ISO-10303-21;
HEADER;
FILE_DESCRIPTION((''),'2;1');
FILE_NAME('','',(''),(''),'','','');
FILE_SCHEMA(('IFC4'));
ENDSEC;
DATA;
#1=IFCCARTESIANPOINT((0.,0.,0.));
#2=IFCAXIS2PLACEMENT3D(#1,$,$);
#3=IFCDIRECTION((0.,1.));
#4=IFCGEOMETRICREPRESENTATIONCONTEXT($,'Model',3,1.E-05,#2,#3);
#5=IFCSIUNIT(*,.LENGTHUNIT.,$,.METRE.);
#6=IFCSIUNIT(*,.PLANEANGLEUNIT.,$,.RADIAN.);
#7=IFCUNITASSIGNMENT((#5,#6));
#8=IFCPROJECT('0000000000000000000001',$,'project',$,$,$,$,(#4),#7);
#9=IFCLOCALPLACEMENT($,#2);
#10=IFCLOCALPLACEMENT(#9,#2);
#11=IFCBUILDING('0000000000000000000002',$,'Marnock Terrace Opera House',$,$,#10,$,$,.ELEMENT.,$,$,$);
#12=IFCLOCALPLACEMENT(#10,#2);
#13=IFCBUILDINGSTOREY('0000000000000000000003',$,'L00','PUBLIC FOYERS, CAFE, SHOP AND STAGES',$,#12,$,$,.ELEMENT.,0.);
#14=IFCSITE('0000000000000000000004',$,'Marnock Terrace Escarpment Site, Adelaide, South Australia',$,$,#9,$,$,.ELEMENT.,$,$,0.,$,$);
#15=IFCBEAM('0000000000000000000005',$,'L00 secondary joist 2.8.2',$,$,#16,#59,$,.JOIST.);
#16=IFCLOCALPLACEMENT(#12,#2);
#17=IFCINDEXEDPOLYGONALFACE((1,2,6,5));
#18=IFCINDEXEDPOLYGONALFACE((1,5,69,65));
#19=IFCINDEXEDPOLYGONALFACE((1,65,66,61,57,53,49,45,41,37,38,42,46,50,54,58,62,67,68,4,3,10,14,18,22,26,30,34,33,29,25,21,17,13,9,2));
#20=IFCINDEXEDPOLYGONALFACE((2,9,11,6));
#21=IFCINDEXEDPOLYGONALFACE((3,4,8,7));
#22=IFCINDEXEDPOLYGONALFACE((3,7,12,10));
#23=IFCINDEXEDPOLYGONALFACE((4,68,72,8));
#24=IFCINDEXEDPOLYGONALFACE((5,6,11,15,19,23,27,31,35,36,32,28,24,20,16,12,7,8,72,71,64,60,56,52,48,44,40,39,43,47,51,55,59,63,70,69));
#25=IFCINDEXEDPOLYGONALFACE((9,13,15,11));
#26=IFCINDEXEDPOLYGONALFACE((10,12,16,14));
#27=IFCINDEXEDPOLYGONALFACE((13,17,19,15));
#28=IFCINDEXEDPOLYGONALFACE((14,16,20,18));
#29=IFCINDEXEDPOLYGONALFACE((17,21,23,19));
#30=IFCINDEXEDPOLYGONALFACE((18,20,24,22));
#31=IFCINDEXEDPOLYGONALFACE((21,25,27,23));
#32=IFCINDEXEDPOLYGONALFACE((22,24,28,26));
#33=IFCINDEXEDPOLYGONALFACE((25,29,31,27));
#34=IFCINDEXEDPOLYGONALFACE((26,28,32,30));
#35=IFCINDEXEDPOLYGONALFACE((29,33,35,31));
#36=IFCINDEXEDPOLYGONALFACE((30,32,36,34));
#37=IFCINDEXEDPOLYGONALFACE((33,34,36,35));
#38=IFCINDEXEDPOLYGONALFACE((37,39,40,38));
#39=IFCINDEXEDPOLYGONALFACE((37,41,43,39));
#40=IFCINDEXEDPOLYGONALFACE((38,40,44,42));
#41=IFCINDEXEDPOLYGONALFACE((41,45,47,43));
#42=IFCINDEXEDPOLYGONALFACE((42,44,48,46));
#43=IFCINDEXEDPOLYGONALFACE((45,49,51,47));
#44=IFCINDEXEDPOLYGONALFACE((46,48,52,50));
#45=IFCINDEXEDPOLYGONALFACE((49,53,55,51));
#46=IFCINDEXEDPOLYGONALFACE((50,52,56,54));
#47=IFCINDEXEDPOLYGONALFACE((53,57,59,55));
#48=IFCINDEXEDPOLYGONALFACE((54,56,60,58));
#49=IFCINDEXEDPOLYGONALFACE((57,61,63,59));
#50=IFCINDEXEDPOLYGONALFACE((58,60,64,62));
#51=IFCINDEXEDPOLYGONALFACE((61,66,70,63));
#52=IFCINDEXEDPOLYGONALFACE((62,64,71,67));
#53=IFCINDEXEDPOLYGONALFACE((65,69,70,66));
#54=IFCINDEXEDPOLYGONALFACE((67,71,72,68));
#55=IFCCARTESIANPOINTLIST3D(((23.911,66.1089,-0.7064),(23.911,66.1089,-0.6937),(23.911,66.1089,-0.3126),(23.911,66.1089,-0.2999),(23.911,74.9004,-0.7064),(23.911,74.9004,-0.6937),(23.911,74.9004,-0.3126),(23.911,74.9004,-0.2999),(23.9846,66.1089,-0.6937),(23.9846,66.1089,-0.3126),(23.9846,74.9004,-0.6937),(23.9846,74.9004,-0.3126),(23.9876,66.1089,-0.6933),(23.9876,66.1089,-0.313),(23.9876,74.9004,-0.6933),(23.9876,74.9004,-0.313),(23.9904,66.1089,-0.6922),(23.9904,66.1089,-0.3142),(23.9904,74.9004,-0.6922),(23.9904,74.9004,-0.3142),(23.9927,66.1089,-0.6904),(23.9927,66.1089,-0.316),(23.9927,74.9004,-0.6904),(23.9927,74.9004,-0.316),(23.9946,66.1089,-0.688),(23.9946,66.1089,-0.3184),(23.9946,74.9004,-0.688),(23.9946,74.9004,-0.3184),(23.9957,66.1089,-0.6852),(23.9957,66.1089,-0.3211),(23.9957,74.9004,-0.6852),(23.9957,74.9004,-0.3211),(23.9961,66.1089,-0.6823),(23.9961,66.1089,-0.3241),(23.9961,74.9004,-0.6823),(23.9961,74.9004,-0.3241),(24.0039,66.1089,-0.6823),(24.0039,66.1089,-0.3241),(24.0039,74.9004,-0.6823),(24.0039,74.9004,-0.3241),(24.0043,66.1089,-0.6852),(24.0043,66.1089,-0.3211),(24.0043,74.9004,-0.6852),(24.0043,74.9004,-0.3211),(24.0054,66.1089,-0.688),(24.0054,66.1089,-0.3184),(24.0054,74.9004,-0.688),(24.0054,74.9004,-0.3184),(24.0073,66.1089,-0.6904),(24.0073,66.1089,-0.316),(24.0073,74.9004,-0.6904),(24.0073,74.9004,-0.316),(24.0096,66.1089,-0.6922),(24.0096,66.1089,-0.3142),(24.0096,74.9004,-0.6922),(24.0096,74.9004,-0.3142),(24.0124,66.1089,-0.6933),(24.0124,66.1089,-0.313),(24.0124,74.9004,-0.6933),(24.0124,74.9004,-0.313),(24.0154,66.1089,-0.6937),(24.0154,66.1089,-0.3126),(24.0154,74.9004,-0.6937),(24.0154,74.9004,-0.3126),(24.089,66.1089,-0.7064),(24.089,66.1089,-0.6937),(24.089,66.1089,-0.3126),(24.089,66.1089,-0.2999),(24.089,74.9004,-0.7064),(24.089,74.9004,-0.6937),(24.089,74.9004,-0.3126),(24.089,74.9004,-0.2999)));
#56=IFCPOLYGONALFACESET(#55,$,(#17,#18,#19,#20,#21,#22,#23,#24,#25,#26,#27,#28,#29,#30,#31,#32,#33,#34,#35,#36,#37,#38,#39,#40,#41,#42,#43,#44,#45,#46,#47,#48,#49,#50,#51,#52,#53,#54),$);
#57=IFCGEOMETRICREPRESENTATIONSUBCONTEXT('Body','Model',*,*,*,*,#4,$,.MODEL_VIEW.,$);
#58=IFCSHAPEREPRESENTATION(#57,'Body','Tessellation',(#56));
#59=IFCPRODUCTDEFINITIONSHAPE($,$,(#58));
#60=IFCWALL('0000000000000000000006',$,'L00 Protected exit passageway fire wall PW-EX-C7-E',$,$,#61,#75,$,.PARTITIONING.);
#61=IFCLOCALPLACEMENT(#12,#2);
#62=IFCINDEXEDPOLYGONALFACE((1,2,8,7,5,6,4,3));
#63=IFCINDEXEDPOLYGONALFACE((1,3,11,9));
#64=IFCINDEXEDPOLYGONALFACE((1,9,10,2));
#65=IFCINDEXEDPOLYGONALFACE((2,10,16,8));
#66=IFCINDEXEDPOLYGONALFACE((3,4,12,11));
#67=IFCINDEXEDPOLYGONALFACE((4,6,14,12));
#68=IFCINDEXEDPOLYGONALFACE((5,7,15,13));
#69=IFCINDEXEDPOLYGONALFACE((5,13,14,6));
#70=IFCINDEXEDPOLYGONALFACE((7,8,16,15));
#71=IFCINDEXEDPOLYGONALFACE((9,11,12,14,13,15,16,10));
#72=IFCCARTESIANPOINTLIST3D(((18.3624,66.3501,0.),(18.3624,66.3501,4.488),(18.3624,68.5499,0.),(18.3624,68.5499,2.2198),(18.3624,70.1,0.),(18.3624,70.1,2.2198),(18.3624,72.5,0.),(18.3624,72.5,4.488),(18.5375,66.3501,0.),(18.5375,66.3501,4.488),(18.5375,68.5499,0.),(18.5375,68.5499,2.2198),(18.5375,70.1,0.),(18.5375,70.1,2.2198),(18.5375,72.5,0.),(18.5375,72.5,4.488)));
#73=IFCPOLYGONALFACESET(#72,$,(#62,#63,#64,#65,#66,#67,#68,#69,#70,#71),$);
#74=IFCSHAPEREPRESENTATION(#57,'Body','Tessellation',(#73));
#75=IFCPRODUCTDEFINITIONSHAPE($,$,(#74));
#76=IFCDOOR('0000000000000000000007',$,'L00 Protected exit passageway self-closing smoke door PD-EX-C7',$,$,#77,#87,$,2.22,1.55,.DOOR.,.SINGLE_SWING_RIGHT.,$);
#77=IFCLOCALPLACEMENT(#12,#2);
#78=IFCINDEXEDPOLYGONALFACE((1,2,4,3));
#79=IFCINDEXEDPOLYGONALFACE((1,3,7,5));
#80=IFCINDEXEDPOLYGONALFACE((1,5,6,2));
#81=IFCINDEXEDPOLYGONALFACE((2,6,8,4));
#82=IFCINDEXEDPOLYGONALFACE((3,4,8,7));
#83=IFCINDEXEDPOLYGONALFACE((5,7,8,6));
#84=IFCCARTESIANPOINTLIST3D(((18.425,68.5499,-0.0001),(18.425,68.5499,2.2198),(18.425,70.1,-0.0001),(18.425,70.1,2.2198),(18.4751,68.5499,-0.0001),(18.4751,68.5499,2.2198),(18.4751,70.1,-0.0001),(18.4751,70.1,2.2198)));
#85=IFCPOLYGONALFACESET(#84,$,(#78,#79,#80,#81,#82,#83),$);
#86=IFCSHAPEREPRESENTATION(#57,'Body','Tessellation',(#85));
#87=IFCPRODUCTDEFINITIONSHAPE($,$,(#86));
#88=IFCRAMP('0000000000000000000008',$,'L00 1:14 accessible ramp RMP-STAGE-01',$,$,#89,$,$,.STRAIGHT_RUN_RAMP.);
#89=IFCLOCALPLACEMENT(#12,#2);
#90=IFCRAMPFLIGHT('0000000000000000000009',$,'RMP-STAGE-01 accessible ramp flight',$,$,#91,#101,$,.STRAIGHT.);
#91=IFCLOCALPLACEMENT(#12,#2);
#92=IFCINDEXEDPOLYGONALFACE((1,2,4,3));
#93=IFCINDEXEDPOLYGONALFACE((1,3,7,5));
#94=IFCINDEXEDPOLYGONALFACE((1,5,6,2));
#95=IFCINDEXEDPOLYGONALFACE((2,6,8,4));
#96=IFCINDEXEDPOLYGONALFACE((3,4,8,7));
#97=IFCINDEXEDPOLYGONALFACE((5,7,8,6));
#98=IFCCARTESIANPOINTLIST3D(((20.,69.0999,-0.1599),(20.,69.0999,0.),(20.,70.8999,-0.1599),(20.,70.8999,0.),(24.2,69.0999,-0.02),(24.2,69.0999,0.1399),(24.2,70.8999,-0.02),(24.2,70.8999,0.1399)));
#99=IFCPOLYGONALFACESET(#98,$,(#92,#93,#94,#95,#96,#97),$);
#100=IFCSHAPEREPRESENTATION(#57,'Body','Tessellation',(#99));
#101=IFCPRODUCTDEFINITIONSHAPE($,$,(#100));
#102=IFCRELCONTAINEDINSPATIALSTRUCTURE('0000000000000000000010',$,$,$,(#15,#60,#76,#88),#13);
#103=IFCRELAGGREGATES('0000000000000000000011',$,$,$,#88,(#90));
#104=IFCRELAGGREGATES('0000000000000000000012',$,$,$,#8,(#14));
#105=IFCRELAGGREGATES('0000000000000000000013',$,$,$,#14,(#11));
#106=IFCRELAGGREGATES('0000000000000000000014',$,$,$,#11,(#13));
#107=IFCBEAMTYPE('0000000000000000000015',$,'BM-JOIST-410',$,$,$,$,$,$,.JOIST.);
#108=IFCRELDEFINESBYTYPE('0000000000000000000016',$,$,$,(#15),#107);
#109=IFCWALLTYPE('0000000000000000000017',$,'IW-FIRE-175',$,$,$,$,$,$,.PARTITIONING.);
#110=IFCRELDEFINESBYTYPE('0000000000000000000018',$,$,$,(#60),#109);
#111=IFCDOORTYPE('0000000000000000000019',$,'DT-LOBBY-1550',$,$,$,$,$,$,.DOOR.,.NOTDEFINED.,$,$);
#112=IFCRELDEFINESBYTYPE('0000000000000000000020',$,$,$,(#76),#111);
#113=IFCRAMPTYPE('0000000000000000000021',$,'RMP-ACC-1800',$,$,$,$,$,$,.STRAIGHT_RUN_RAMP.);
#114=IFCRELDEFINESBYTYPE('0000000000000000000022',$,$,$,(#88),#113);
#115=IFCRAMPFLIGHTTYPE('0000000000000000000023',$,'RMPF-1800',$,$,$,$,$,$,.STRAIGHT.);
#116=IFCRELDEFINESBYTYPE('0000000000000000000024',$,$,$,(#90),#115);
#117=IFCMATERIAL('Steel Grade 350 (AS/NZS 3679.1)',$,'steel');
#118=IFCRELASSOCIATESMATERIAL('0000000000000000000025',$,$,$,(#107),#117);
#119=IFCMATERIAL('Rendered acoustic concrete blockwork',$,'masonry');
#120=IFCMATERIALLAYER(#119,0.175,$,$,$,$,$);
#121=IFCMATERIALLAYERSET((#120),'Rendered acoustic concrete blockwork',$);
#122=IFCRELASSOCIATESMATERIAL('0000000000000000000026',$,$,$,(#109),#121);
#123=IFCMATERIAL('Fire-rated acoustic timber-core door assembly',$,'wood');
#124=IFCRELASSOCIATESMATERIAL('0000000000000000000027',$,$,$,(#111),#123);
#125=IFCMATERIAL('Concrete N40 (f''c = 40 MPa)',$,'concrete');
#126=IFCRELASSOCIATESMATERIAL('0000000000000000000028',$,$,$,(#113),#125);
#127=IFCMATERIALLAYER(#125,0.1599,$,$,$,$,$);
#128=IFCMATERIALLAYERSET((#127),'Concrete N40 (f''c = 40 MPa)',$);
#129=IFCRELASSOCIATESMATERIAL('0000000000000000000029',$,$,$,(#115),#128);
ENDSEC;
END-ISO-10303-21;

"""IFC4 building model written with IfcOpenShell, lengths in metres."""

from ifc_helpers import new_model, si_unit, direction, frame, frame_2d, origin, origin_2d, place, context, subcontext, project, spatial, polyline, rectangle, i_section, outline, extrude, material, layer, layer_set, material_profile, profile_set, type_object, element, fill, aggregate, save


model = new_model("IFC4")

# Units and contexts
model_context = context("Model", 3, precision=1e-05, world=origin(), true_north=direction((0.0, 1.0)))
body_context = subcontext(model_context, "Body", "Model", "MODEL_VIEW")
ifc_project = project(units=[si_unit("LENGTHUNIT", "METRE"), si_unit("PLANEANGLEUNIT", "RADIAN")], contexts=[model_context])

# Site, building, storey
site_placement = place(None, origin())
site = spatial("IfcSite", under=ifc_project, at=site_placement, Name="Marnock Terrace Escarpment Site, Adelaide, South Australia", CompositionType="ELEMENT", RefElevation=0.0)
building_placement = place(site_placement, origin())
building = spatial("IfcBuilding", under=site, at=building_placement, Name="Marnock Terrace Opera House", CompositionType="ELEMENT")
storey_placement = place(building_placement, origin())
storey = spatial("IfcBuildingStorey", under=building, at=storey_placement, Name="L00", Description="PUBLIC FOYERS, CAFE, SHOP AND STAGES", CompositionType="ELEMENT", Elevation=0.0)

# Shared definitions
ifc_material_1 = material(Name="Steel Grade 350 (AS/NZS 3679.1)", Category="steel")

# Beam
ifc_material_profile_1 = material_profile(ifc_material_1, i_section(OverallWidth=0.178, OverallDepth=0.4065, WebThickness=0.0078, FlangeThickness=0.0127, FilletRadius=0.0115, at=origin_2d()))
ifc_profile_set_1 = profile_set([ifc_material_profile_1], Name="Steel Grade 350 (AS/NZS 3679.1)")
beam_type_1 = type_object("IfcBeamType", Name="BM-JOIST-410", PredefinedType="JOIST", material=ifc_profile_set_1)
for number, where, z_axis, x_axis, name in (
    (1, (24.0, 66.1089, -0.5032), (0.0, 1.0, 0.0), (-1.0, 0.0, 0.0), "L00 secondary joist 2.8.2"),
):
    element("IfcBeam", number, at=place(storey_placement, frame(where, z_axis=z_axis, x_axis=x_axis)), inside=storey, type_object=beam_type_1, Name=name, PredefinedType="JOIST", context=body_context, shape_type="SweptSolid", body=[
        extrude(i_section(OverallWidth=0.178, OverallDepth=0.4065, WebThickness=0.0078, FlangeThickness=0.0127, FilletRadius=0.0115, at=origin_2d()), origin(), (0.0, 0.0, 1.0), 8.7915),
    ])

# Wall, opening, door
ifc_material_2 = material(Name="Rendered acoustic concrete blockwork", Category="masonry")
ifc_layer_1 = layer(ifc_material_2, 0.175)
ifc_layer_set_1 = layer_set([ifc_layer_1], Name="Rendered acoustic concrete blockwork")
wall_type = type_object("IfcWallType", Name="IW-FIRE-175", PredefinedType="PARTITIONING", material=ifc_layer_set_1)
wall_placement = place(storey_placement, frame((18.45, 66.3501, 0.0), z_axis=(0.0, 0.0, 1.0), x_axis=(0.0, 1.0, 0.0)))
wall = element("IfcWall", 2, at=wall_placement, inside=storey, type_object=wall_type, Name="L00 Protected exit passageway fire wall PW-EX-C7-E", PredefinedType="PARTITIONING", context=body_context, shape_type="SweptSolid", body=[
    extrude(rectangle(XDim=6.1499, YDim=0.175, at=frame_2d((3.075, 0.0))), origin(), (0.0, 0.0, 1.0), 4.488),
])
opening_placement = place(wall_placement, frame((2.2, 0.0, 0.0)))
opening = element("IfcOpeningElement", 3, at=opening_placement, cuts=wall, PredefinedType="OPENING", context=body_context, shape_type="SweptSolid", body=[
    extrude(rectangle(XDim=1.55, YDim=2.22, at=frame_2d((0.7749, 1.1099))), frame((0.0, 0.0974, 0.0), z_axis=(0.0, -1.0, 0.0), x_axis=(1.0, 0.0, 0.0)), (0.0, 0.0, 1.0), 0.1951),
])
ifc_material_3 = material(Name="Fire-rated acoustic timber-core door assembly", Category="wood")
door_type = type_object("IfcDoorType", Name="DT-LOBBY-1550", OperationType="NOTDEFINED", PredefinedType="DOOR", material=ifc_material_3)
door_placement = place(opening_placement, origin())
door = element("IfcDoor", 4, at=door_placement, inside=storey, type_object=door_type, Name="L00 Protected exit passageway self-closing smoke door PD-EX-C7", OperationType="SINGLE_SWING_RIGHT", OverallHeight=2.22, OverallWidth=1.55, PredefinedType="DOOR", context=body_context, shape_type="SweptSolid", body=[
    extrude(rectangle(XDim=1.55, YDim=2.22, at=frame_2d((0.7749, 1.1099))), frame((0.0, 0.0249, 0.0), z_axis=(0.0, -1.0, 0.0), x_axis=(1.0, 0.0, 0.0)), (0.0, 0.0, 1.0), 0.05),
])
fill(opening, door)

# Ramp, ramp flight
ifc_material_4 = material(Name="Concrete N40 (f'c = 40 MPa)", Category="concrete")
ramp_type = type_object("IfcRampType", Name="RMP-ACC-1800", PredefinedType="STRAIGHT_RUN_RAMP", material=ifc_material_4)
ramp_placement = place(storey_placement, origin())
ramp = element("IfcRamp", 5, at=ramp_placement, inside=storey, type_object=ramp_type, Name="L00 1:14 accessible ramp RMP-STAGE-01", PredefinedType="STRAIGHT_RUN_RAMP")
ifc_layer_2 = layer(ifc_material_4, 0.1599)
ifc_layer_set_2 = layer_set([ifc_layer_2], Name="Concrete N40 (f'c = 40 MPa)")
ramp_flight_type = type_object("IfcRampFlightType", Name="RMPF-1800", PredefinedType="STRAIGHT", material=ifc_layer_set_2)
ramp_flight_placement = place(storey_placement, frame((20.0, 70.0, 0.0), z_axis=(0.0, 0.0, 1.0), x_axis=(1.0, 0.0, 0.0)))
ramp_flight = element("IfcRampFlight", 6, at=ramp_flight_placement, type_object=ramp_flight_type, Name="RMP-STAGE-01 accessible ramp flight", PredefinedType="STRAIGHT", context=body_context, shape_type="SweptSolid", body=[
    extrude(outline(polyline([(0.0, 0.0), (0.0, -0.1599), (4.2, -0.02), (4.2, 0.1399), (0.0, 0.0)])), frame((0.0, 0.8999, 0.0), z_axis=(0.0, -1.0, 0.0), x_axis=(1.0, 0.0, 0.0)), (0.0, 0.0, 1.0), 1.8),
])
aggregate(ramp, [ramp_flight])

save(model, "model.ifc")
